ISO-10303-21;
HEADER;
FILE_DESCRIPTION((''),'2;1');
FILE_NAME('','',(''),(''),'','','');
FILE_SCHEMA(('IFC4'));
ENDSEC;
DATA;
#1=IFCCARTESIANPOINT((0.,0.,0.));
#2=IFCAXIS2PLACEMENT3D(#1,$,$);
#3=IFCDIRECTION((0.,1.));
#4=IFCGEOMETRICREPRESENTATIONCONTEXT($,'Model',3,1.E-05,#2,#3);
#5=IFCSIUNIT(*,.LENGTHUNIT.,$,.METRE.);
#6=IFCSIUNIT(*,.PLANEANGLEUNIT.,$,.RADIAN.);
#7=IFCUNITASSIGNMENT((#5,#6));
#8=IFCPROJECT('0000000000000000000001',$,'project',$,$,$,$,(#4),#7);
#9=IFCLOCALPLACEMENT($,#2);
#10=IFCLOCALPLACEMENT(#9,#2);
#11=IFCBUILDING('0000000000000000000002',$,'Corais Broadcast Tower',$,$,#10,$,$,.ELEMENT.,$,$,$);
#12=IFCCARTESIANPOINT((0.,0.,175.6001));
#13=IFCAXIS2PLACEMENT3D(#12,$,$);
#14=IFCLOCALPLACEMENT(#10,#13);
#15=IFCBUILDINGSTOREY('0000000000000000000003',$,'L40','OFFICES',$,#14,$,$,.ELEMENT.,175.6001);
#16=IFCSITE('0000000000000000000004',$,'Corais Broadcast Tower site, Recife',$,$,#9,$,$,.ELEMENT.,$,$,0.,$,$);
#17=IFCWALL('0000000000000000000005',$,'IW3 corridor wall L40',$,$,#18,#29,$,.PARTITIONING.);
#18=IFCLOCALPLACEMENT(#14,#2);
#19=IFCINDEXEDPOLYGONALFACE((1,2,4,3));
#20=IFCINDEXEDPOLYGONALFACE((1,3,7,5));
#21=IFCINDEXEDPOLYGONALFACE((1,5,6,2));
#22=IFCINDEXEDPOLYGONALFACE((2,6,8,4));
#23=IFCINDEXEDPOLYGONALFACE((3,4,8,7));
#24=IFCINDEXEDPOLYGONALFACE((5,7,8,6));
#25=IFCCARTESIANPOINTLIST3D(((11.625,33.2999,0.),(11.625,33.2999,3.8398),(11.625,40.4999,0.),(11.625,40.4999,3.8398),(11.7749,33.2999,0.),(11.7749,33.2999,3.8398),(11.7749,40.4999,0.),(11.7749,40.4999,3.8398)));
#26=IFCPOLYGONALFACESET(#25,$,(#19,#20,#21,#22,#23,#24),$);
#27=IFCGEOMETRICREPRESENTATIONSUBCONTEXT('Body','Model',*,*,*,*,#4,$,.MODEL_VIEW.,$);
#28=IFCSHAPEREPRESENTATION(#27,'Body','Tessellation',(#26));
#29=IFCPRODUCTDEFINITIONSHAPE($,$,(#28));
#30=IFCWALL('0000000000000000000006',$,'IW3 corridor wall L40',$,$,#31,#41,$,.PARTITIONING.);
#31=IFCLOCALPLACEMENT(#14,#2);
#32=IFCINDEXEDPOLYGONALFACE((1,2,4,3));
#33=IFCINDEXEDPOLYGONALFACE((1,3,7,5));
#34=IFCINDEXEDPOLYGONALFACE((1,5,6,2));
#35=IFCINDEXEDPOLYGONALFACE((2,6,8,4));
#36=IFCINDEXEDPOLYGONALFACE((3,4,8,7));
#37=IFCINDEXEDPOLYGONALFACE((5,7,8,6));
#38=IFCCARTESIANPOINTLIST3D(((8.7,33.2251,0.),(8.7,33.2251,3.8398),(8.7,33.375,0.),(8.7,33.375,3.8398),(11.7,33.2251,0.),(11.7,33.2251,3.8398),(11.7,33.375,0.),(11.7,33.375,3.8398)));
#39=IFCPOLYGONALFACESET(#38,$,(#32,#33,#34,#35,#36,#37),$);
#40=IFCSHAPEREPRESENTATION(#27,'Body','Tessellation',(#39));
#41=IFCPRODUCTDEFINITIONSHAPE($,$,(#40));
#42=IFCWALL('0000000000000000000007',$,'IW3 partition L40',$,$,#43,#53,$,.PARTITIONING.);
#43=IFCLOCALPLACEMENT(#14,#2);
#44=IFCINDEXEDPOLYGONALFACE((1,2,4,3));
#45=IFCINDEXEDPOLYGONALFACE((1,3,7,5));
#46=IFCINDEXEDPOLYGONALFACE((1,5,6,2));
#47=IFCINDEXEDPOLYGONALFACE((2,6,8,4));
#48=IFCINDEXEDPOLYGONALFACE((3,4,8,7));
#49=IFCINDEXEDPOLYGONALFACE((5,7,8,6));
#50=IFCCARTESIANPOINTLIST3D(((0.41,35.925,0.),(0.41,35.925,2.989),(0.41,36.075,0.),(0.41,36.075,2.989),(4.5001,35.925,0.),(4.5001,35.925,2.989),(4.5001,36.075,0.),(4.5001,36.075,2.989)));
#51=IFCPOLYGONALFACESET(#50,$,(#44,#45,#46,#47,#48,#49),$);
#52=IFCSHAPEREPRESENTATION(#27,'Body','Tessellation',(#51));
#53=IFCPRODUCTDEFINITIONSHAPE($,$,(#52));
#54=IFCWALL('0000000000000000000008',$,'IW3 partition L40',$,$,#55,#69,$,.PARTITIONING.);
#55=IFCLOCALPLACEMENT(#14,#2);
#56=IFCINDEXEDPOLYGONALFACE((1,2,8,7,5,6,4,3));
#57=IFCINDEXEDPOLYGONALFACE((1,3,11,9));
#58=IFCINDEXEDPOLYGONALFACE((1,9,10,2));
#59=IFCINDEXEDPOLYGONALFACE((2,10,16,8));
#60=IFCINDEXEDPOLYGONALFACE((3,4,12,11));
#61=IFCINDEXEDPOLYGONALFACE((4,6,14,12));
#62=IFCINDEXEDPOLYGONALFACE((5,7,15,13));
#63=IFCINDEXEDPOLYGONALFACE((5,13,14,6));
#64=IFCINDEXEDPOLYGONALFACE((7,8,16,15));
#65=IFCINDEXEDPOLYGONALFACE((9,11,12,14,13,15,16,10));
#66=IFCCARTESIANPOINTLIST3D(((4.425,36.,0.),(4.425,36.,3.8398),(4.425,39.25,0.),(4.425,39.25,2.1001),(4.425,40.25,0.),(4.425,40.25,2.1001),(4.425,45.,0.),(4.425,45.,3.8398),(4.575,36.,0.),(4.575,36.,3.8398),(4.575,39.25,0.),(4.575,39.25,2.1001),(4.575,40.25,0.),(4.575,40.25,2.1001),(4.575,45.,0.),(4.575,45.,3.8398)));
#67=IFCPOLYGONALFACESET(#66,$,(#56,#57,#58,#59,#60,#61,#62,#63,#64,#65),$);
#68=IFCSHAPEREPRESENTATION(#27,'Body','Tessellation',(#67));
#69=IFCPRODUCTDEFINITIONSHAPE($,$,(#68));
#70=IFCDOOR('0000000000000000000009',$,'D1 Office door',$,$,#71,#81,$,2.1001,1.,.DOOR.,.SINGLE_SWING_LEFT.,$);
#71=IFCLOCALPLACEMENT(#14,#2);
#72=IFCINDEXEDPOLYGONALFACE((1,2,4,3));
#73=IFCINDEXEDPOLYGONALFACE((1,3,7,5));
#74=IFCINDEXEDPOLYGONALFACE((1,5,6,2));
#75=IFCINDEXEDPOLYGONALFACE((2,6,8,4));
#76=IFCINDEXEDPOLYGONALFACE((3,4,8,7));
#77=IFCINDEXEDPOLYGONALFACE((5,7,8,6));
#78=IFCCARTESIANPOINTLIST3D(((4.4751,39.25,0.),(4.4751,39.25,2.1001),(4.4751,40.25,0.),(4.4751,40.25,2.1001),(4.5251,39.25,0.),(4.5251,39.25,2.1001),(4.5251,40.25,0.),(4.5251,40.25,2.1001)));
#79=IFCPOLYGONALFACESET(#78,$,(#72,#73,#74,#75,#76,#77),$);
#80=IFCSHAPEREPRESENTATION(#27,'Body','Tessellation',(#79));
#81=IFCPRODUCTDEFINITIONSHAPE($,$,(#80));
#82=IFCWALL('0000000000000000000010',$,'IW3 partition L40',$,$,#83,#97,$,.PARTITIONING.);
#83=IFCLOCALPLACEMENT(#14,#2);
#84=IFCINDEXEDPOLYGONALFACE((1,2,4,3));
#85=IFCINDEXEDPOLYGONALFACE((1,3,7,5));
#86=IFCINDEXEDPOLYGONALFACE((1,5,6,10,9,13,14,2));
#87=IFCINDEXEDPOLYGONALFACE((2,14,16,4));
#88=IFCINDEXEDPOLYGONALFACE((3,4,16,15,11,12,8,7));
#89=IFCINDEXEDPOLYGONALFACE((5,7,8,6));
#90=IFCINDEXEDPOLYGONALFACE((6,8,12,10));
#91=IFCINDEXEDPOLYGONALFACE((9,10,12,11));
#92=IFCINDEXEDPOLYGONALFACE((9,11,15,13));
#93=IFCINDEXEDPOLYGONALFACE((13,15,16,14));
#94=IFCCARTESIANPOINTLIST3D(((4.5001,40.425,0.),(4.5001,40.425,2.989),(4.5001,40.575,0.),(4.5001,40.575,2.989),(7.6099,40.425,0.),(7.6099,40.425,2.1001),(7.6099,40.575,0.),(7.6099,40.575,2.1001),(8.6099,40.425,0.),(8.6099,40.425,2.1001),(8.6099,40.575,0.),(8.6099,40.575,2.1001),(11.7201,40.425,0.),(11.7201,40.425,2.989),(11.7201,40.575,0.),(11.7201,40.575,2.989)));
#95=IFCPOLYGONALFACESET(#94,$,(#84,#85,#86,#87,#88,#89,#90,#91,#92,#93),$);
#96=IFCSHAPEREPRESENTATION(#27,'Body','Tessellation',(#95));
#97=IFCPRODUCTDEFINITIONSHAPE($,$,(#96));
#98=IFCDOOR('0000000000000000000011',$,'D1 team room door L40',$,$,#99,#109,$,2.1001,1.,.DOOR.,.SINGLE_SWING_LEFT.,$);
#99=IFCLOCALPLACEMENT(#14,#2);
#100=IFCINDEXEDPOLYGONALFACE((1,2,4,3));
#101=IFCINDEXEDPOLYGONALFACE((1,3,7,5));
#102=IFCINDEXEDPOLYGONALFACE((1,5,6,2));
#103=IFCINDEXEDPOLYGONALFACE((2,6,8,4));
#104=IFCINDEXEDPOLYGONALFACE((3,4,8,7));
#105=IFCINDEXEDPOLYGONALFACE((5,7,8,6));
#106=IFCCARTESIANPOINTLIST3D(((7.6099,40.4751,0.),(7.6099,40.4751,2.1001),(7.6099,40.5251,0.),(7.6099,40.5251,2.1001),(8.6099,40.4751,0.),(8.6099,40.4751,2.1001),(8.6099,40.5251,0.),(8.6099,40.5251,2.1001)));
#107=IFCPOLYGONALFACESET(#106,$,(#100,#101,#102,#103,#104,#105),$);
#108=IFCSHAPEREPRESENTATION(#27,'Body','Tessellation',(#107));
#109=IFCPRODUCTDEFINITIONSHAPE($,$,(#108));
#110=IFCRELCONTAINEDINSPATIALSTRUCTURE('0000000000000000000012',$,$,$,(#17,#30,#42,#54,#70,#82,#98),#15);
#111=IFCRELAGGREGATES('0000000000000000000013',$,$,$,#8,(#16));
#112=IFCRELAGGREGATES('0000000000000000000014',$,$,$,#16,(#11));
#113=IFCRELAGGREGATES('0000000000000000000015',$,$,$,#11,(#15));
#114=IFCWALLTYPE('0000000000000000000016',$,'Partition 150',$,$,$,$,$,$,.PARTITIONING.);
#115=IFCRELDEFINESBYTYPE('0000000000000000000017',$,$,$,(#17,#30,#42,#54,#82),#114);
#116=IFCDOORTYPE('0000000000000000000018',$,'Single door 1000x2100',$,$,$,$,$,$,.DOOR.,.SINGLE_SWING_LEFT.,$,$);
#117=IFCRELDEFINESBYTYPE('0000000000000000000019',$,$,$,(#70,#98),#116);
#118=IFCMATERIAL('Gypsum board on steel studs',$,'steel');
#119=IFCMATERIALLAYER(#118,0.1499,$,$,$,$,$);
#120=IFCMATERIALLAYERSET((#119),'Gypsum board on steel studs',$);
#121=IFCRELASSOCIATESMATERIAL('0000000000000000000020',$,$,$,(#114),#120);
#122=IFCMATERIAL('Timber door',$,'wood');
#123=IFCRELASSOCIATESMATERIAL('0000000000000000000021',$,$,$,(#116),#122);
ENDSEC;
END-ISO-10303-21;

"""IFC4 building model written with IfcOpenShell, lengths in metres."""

from ifc_helpers import new_model, si_unit, direction, frame, frame_2d, origin, place, context, subcontext, project, spatial, rectangle, extrude, material, layer, layer_set, type_object, element, fill, save


model = new_model("IFC4")

# Units and contexts
model_context = context("Model", 3, precision=1e-05, world=origin(), true_north=direction((0.0, 1.0)))
body_context = subcontext(model_context, "Body", "Model", "MODEL_VIEW")
ifc_project = project(units=[si_unit("LENGTHUNIT", "METRE"), si_unit("PLANEANGLEUNIT", "RADIAN")], contexts=[model_context])

# Site, building, storey
site_placement = place(None, origin())
site = spatial("IfcSite", under=ifc_project, at=site_placement, Name="Corais Broadcast Tower site, Recife", CompositionType="ELEMENT", RefElevation=0.0)
building_placement = place(site_placement, origin())
building = spatial("IfcBuilding", under=site, at=building_placement, Name="Corais Broadcast Tower", CompositionType="ELEMENT")
storey_placement = place(building_placement, frame((0.0, 0.0, 175.6001)))
storey = spatial("IfcBuildingStorey", under=building, at=storey_placement, Name="L40", Description="OFFICES", CompositionType="ELEMENT", Elevation=175.6001)

# Walls
ifc_material_1 = material(Name="Gypsum board on steel studs", Category="steel")
ifc_layer_1 = layer(ifc_material_1, 0.1499)
ifc_layer_set_1 = layer_set([ifc_layer_1], Name="Gypsum board on steel studs")
wall_type_1 = type_object("IfcWallType", Name="Partition 150", PredefinedType="PARTITIONING", material=ifc_layer_set_1)
wall_1_placement = place(storey_placement, frame((11.7, 40.5, 0.0), z_axis=(0.0, 0.0, 1.0), x_axis=(0.0, -1.0, 0.0)))
element("IfcWall", 1, at=wall_1_placement, inside=storey, type_object=wall_type_1, Name="IW3 corridor wall L40", PredefinedType="PARTITIONING", context=body_context, shape_type="SweptSolid", body=[
    extrude(rectangle(XDim=7.2, YDim=0.1499, at=frame_2d((3.6001, 0.0))), origin(), (0.0, 0.0, 1.0), 3.8398),
])
wall_2_placement = place(storey_placement, frame((11.7, 33.3, 0.0), z_axis=(0.0, 0.0, 1.0), x_axis=(-1.0, 0.0, 0.0)))
element("IfcWall", 2, at=wall_2_placement, inside=storey, type_object=wall_type_1, Name="IW3 corridor wall L40", PredefinedType="PARTITIONING", context=body_context, shape_type="SweptSolid", body=[
    extrude(rectangle(XDim=3.0, YDim=0.1499, at=frame_2d((1.5, 0.0))), origin(), (0.0, 0.0, 1.0), 3.8398),
])
wall_3_placement = place(storey_placement, frame((4.5, 36.0, 0.0), z_axis=(0.0, 0.0, 1.0), x_axis=(-1.0, 0.0, 0.0)))
element("IfcWall", 3, at=wall_3_placement, inside=storey, type_object=wall_type_1, Name="IW3 partition L40", PredefinedType="PARTITIONING", context=body_context, shape_type="SweptSolid", body=[
    extrude(rectangle(XDim=4.0901, YDim=0.1499, at=frame_2d((2.0449, 0.0))), origin(), (0.0, 0.0, 1.0), 2.989),
])

# Walls, openings, doors
wall_4_placement = place(storey_placement, frame((4.5, 36.0, 0.0), z_axis=(0.0, 0.0, 1.0), x_axis=(0.0, 1.0, 0.0)))
wall_4 = element("IfcWall", 4, at=wall_4_placement, inside=storey, type_object=wall_type_1, Name="IW3 partition L40", PredefinedType="PARTITIONING", context=body_context, shape_type="SweptSolid", body=[
    extrude(rectangle(XDim=9.0, YDim=0.1499, at=frame_2d((4.5, 0.0))), origin(), (0.0, 0.0, 1.0), 3.8398),
])
opening_1_placement = place(wall_4_placement, frame((3.25, 0.0, 0.0)))
opening_1 = element("IfcOpeningElement", 5, at=opening_1_placement, cuts=wall_4, PredefinedType="OPENING", context=body_context, shape_type="SweptSolid", body=[
    extrude(rectangle(XDim=1.0, YDim=2.1001, at=frame_2d((0.5, 1.05))), frame((0.0, 0.085, 0.0), z_axis=(0.0, -1.0, 0.0), x_axis=(1.0, 0.0, 0.0)), (0.0, 0.0, 1.0), 0.1699),
])
ifc_material_2 = material(Name="Timber door", Category="wood")
door_type_1 = type_object("IfcDoorType", Name="Single door 1000x2100", OperationType="SINGLE_SWING_LEFT", PredefinedType="DOOR", material=ifc_material_2)
door_1_placement = place(opening_1_placement, origin())
door_1 = element("IfcDoor", 6, at=door_1_placement, inside=storey, type_object=door_type_1, Name="D1 Office door", OperationType="SINGLE_SWING_LEFT", OverallHeight=2.1001, OverallWidth=1.0, PredefinedType="DOOR", context=body_context, shape_type="SweptSolid", body=[
    extrude(rectangle(XDim=1.0, YDim=2.1001, at=frame_2d((0.5, 1.05))), frame((0.0, 0.0249, 0.0), z_axis=(0.0, -1.0, 0.0), x_axis=(1.0, 0.0, 0.0)), (0.0, 0.0, 1.0), 0.05),
])
fill(opening_1, door_1)
wall_5_placement = place(storey_placement, frame((11.72, 40.5, 0.0), z_axis=(0.0, 0.0, 1.0), x_axis=(-1.0, 0.0, 0.0)))
wall_5 = element("IfcWall", 7, at=wall_5_placement, inside=storey, type_object=wall_type_1, Name="IW3 partition L40", PredefinedType="PARTITIONING", context=body_context, shape_type="SweptSolid", body=[
    extrude(rectangle(XDim=7.22, YDim=0.1499, at=frame_2d((3.6099, 0.0))), origin(), (0.0, 0.0, 1.0), 2.989),
])
opening_2_placement = place(wall_5_placement, frame((3.1101, 0.0, 0.0)))
opening_2 = element("IfcOpeningElement", 8, at=opening_2_placement, cuts=wall_5, PredefinedType="OPENING", context=body_context, shape_type="SweptSolid", body=[
    extrude(rectangle(XDim=1.0, YDim=2.1001, at=frame_2d((0.5, 1.05))), frame((0.0, 0.085, 0.0), z_axis=(0.0, -1.0, 0.0), x_axis=(1.0, 0.0, 0.0)), (0.0, 0.0, 1.0), 0.1699),
])
door_2_placement = place(opening_2_placement, origin())
door_2 = element("IfcDoor", 9, at=door_2_placement, inside=storey, type_object=door_type_1, Name="D1 team room door L40", OperationType="SINGLE_SWING_LEFT", OverallHeight=2.1001, OverallWidth=1.0, PredefinedType="DOOR", context=body_context, shape_type="SweptSolid", body=[
    extrude(rectangle(XDim=1.0, YDim=2.1001, at=frame_2d((0.5, 1.05))), frame((0.0, 0.0249, 0.0), z_axis=(0.0, -1.0, 0.0), x_axis=(1.0, 0.0, 0.0)), (0.0, 0.0, 1.0), 0.05),
])
fill(opening_2, door_2)

save(model, "model.ifc")
